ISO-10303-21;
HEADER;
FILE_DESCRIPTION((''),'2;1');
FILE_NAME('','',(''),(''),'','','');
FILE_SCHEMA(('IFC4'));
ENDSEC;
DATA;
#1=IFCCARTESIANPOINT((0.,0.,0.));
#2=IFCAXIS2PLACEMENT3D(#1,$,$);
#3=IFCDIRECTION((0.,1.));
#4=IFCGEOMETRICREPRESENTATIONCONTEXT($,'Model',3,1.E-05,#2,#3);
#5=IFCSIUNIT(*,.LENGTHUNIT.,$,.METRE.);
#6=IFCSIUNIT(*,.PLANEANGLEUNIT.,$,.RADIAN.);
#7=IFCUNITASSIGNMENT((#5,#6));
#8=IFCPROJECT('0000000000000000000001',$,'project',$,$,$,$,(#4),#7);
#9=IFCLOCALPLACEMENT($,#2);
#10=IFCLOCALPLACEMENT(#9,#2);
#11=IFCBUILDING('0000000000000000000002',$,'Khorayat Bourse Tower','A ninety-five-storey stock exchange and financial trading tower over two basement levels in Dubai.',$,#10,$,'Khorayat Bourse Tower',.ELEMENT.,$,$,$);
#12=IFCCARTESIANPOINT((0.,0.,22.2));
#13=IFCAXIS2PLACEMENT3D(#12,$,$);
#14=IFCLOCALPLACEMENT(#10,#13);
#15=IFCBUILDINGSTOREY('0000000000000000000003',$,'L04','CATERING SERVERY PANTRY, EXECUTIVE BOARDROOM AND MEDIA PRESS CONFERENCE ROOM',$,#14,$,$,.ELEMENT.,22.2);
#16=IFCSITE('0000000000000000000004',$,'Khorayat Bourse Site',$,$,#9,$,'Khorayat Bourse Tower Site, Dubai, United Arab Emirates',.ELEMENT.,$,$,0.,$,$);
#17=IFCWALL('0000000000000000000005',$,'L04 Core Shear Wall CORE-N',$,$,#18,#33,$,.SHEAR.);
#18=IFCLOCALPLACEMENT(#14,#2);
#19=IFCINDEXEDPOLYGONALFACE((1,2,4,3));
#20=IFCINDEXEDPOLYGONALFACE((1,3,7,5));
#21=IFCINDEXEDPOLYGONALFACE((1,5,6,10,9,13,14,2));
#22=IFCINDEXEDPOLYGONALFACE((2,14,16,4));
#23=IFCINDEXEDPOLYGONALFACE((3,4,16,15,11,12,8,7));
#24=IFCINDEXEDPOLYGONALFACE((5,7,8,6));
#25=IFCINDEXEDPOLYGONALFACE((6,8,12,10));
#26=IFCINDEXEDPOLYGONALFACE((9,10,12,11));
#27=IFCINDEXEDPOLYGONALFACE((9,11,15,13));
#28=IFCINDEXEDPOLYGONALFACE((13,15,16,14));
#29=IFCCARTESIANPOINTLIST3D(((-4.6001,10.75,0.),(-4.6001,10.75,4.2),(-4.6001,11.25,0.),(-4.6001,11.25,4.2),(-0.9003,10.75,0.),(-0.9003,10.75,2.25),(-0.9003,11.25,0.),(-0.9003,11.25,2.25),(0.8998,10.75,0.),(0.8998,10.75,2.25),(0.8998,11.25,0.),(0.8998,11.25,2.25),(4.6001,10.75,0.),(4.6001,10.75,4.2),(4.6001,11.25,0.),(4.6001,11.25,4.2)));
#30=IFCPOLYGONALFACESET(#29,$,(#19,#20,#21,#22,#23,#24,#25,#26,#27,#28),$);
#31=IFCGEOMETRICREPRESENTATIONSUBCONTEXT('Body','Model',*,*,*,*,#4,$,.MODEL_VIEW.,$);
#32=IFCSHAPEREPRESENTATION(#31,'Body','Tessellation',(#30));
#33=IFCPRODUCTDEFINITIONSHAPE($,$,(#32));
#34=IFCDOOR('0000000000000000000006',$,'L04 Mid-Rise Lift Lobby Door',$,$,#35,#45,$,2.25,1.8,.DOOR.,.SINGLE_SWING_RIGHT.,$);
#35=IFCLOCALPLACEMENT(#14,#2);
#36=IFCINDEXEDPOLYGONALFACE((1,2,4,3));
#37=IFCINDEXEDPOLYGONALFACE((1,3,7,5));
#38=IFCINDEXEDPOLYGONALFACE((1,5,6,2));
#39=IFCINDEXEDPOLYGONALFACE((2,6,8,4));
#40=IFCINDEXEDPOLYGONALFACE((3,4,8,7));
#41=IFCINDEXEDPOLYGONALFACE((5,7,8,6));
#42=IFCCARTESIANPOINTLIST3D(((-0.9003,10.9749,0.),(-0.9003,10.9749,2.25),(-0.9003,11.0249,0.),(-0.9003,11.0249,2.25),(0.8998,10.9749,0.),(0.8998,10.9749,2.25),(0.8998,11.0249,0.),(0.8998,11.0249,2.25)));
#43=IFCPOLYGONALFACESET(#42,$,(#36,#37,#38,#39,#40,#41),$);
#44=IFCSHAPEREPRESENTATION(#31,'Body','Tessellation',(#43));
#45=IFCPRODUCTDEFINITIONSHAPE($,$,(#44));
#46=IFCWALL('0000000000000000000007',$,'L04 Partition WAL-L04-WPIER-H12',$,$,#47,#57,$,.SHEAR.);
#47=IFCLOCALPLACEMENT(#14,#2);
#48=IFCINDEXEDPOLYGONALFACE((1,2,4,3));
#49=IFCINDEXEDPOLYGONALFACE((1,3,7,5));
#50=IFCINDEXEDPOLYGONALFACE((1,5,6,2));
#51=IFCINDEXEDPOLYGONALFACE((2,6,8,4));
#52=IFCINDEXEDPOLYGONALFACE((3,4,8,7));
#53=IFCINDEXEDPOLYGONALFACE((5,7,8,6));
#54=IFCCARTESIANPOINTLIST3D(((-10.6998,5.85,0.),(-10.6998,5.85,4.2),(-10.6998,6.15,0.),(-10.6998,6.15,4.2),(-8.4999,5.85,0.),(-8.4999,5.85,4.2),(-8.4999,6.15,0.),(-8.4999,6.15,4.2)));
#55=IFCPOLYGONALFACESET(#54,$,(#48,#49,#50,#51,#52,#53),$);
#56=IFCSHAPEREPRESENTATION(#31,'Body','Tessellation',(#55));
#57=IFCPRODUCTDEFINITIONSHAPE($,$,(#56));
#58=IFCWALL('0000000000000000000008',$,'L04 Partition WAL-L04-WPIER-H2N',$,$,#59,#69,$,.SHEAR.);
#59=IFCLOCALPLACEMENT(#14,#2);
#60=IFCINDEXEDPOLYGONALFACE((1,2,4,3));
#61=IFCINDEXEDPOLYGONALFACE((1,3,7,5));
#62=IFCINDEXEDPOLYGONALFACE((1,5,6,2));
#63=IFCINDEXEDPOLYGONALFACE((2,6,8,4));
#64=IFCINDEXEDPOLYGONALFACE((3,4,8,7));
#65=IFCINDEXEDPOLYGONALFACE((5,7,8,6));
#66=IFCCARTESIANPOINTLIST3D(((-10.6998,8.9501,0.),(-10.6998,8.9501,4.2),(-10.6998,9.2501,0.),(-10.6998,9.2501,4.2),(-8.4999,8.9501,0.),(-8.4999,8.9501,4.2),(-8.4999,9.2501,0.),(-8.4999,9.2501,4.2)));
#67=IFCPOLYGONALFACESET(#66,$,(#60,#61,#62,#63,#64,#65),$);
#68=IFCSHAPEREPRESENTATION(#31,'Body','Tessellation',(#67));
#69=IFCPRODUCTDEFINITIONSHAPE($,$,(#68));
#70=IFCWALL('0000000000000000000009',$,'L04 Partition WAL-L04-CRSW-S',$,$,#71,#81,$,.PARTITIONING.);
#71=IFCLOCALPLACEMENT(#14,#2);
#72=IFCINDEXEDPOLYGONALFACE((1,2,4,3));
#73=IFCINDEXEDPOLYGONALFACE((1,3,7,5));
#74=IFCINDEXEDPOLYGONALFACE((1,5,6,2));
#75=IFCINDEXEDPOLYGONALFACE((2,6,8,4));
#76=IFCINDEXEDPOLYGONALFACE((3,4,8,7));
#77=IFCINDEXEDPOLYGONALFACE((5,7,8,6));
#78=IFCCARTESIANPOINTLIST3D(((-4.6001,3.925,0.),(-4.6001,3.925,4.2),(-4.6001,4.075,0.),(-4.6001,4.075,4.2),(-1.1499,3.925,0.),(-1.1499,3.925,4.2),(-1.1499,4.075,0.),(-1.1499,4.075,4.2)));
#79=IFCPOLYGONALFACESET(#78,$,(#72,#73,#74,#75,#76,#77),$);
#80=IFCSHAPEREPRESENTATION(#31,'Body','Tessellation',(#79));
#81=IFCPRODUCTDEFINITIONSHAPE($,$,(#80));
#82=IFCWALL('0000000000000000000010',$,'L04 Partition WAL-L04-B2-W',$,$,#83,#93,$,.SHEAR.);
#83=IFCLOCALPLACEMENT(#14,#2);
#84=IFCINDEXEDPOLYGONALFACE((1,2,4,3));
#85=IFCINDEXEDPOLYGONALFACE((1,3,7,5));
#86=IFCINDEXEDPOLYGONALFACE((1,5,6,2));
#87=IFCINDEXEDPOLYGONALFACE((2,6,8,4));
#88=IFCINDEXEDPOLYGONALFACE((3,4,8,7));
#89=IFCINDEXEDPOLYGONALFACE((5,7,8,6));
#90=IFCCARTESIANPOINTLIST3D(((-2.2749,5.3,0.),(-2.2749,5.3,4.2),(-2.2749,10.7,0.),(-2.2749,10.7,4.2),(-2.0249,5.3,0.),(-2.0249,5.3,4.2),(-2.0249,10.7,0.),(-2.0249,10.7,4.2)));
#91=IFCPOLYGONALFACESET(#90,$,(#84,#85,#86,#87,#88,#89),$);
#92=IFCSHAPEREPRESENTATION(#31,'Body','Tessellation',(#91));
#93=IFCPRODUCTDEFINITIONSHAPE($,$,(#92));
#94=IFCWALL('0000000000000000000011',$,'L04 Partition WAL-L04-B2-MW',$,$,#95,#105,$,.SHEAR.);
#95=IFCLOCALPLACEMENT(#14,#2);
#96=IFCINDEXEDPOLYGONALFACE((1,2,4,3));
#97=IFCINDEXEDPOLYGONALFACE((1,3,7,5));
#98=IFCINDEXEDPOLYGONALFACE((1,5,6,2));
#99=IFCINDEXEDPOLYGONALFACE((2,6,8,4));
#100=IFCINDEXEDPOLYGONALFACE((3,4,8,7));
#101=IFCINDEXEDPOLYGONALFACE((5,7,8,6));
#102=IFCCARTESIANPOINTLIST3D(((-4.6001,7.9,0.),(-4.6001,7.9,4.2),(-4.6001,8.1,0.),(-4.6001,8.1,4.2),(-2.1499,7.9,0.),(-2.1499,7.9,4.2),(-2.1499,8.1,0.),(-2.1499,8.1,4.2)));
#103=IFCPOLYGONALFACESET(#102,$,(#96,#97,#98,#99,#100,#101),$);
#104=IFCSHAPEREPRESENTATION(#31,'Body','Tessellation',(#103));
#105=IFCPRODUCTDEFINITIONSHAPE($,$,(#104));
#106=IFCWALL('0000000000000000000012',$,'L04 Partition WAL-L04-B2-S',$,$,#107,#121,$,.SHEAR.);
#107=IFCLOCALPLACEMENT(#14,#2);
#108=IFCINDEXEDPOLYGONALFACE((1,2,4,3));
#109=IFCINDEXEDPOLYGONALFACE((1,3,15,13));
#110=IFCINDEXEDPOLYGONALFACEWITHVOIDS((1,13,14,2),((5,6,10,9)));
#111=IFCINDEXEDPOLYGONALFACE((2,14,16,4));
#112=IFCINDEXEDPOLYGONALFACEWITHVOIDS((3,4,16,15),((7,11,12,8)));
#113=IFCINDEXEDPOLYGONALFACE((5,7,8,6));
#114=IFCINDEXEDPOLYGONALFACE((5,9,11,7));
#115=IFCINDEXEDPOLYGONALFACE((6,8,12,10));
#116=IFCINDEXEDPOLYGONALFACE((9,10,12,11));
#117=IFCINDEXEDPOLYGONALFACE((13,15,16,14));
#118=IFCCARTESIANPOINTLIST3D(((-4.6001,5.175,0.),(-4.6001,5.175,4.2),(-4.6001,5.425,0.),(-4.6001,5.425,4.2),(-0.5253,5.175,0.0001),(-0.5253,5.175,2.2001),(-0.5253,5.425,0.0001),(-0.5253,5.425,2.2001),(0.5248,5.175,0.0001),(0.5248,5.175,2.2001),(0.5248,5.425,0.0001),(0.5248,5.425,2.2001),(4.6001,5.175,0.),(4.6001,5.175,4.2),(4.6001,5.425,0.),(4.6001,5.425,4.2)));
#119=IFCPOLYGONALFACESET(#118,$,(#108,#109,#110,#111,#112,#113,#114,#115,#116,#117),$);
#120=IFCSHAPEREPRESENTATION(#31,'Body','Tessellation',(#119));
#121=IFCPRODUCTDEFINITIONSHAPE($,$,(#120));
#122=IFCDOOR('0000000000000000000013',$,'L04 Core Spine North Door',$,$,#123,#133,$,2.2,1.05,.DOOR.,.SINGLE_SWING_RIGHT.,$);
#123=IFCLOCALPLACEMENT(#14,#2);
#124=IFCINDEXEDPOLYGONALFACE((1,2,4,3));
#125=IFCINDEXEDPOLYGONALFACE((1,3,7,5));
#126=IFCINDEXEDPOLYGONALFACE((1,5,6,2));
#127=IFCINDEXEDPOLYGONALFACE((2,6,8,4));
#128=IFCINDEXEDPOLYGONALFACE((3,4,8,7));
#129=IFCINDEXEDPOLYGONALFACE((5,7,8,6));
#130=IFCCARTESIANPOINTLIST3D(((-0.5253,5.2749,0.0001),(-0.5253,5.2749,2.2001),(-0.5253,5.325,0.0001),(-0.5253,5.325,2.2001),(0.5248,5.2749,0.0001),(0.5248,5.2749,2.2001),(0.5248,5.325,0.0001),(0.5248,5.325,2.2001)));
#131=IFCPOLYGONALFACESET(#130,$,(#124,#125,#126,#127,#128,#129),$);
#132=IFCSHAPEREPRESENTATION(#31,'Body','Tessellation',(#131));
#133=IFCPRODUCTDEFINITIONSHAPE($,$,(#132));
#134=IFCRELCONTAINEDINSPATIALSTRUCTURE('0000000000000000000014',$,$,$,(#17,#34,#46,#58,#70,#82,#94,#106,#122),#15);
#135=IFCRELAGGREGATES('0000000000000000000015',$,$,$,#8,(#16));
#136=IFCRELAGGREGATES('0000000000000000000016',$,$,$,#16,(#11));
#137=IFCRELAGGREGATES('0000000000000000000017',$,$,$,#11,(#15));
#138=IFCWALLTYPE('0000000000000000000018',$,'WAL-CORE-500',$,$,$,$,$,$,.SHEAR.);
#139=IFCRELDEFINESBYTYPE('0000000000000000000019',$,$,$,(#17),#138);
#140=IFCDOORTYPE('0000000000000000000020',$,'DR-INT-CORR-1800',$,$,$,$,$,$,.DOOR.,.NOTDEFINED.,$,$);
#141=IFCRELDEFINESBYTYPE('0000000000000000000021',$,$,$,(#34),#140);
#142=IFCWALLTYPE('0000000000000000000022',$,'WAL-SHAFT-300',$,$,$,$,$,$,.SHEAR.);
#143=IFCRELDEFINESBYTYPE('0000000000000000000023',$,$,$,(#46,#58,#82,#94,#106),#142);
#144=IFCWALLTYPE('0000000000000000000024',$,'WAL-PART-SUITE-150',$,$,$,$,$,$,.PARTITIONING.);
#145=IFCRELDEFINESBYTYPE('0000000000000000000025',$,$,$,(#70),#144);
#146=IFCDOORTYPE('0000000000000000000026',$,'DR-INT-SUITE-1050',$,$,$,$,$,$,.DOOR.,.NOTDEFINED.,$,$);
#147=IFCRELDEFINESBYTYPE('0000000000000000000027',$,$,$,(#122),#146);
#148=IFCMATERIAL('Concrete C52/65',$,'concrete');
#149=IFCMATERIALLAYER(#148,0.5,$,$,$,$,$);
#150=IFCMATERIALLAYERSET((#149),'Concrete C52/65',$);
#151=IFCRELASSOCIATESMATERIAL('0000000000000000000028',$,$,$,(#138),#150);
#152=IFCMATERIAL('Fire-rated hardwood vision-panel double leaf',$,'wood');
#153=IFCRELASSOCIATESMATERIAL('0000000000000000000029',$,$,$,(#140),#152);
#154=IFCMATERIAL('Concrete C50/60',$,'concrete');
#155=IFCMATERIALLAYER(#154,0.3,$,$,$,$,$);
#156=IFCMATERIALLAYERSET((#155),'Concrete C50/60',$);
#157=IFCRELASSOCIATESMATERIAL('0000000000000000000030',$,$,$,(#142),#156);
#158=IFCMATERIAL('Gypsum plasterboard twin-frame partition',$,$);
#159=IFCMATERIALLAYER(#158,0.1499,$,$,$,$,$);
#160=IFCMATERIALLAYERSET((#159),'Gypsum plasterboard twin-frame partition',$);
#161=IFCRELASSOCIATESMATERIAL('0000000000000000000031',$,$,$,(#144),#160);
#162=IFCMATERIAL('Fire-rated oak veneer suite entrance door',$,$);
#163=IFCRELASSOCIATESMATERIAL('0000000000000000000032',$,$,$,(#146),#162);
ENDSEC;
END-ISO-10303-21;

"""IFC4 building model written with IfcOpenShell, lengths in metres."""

from ifc_helpers import new_model, si_unit, direction, frame, frame_2d, origin, place, context, subcontext, project, spatial, rectangle, extrude, source, transform, mapped, material, layer, layer_set, type_object, element, fill, save


model = new_model("IFC4")

# Units and contexts
model_context = context("Model", 3, precision=1e-05, world=origin(), true_north=direction((0.0, 1.0)))
body_context = subcontext(model_context, "Body", "Model", "MODEL_VIEW")
ifc_project = project(units=[si_unit("LENGTHUNIT", "METRE"), si_unit("PLANEANGLEUNIT", "RADIAN")], contexts=[model_context])

# Site, building, storey
site_placement = place(None, origin())
site = spatial("IfcSite", under=ifc_project, at=site_placement, Name="Khorayat Bourse Site", LongName="Khorayat Bourse Tower Site, Dubai, United Arab Emirates", CompositionType="ELEMENT", RefElevation=0.0)
building_placement = place(site_placement, origin())
building = spatial("IfcBuilding", under=site, at=building_placement, Name="Khorayat Bourse Tower", Description="A ninety-five-storey stock exchange and financial trading tower over two basement levels in Dubai.", LongName="Khorayat Bourse Tower", CompositionType="ELEMENT")
storey_placement = place(building_placement, frame((0.0, 0.0, 22.2)))
storey = spatial("IfcBuildingStorey", under=building, at=storey_placement, Name="L04", Description="CATERING SERVERY PANTRY, EXECUTIVE BOARDROOM AND MEDIA PRESS CONFERENCE ROOM", CompositionType="ELEMENT", Elevation=22.2)

# Wall, opening, door
ifc_material_1 = material(Name="Concrete C52/65", Category="concrete")
ifc_layer_1 = layer(ifc_material_1, 0.5)
ifc_layer_set_1 = layer_set([ifc_layer_1], Name="Concrete C52/65")
wall_type_1 = type_object("IfcWallType", Name="WAL-CORE-500", PredefinedType="SHEAR", material=ifc_layer_set_1)
shared_shape_1 = source(origin(), body_context, "Body", "SweptSolid", [
    extrude(rectangle(XDim=9.2002, YDim=0.5, at=frame_2d((4.6001, 0.0))), origin(), (0.0, 0.0, 1.0), 4.2),
])
wall_1_placement = place(storey_placement, frame((-4.6001, 11.0, 0.0), z_axis=(0.0, 0.0, 1.0), x_axis=(1.0, 0.0, 0.0)))
wall_1 = element("IfcWall", 1, at=wall_1_placement, inside=storey, type_object=wall_type_1, Name="L04 Core Shear Wall CORE-N", PredefinedType="SHEAR", context=body_context, shape_type="MappedRepresentation", body=[
    mapped(shared_shape_1, transform((0.0, 0.0, 0.0), scale=1.0)),
])
shared_shape_2 = source(origin(), body_context, "Body", "SweptSolid", [
    extrude(rectangle(XDim=1.8, YDim=2.25, at=frame_2d((0.8999, 1.125))), frame((0.0, 0.26, 0.0), z_axis=(0.0, -1.0, 0.0), x_axis=(1.0, 0.0, 0.0)), (0.0, 0.0, 1.0), 0.52),
])
opening_1_placement = place(wall_1_placement, frame((3.7, 0.0, 0.0)))
opening_1 = element("IfcOpeningElement", 2, at=opening_1_placement, cuts=wall_1, PredefinedType="OPENING", context=body_context, shape_type="MappedRepresentation", body=[
    mapped(shared_shape_2, transform((0.0, 0.0, 0.0), scale=1.0)),
])
ifc_material_2 = material(Name="Fire-rated hardwood vision-panel double leaf", Category="wood")
door_type_1 = type_object("IfcDoorType", Name="DR-INT-CORR-1800", OperationType="NOTDEFINED", PredefinedType="DOOR", material=ifc_material_2)
shared_shape_3 = source(origin(), body_context, "Body", "SweptSolid", [
    extrude(rectangle(XDim=1.8, YDim=2.25, at=frame_2d((0.8999, 1.125))), frame((0.0, 0.0249, 0.0), z_axis=(0.0, -1.0, 0.0), x_axis=(1.0, 0.0, 0.0)), (0.0, 0.0, 1.0), 0.05),
])
door_1_placement = place(opening_1_placement, origin())
door_1 = element("IfcDoor", 3, at=door_1_placement, inside=storey, type_object=door_type_1, Name="L04 Mid-Rise Lift Lobby Door", OperationType="SINGLE_SWING_RIGHT", OverallHeight=2.25, OverallWidth=1.8, PredefinedType="DOOR", context=body_context, shape_type="MappedRepresentation", body=[
    mapped(shared_shape_3, transform((0.0, 0.0, 0.0), scale=1.0)),
])
fill(opening_1, door_1)

# Walls
ifc_material_3 = material(Name="Concrete C50/60", Category="concrete")
ifc_layer_2 = layer(ifc_material_3, 0.3)
ifc_layer_set_2 = layer_set([ifc_layer_2], Name="Concrete C50/60")
wall_type_2 = type_object("IfcWallType", Name="WAL-SHAFT-300", PredefinedType="SHEAR", material=ifc_layer_set_2)
shared_shape_4 = source(origin(), body_context, "Body", "SweptSolid", [
    extrude(rectangle(XDim=2.2, YDim=0.3, at=frame_2d((1.1001, 0.0))), origin(), (0.0, 0.0, 1.0), 4.2),
])
for number, where, z_axis, x_axis, name in (
    (4, (-10.7, 6.0, 0.0), (0.0, 0.0, 1.0), (1.0, 0.0, 0.0), "L04 Partition WAL-L04-WPIER-H12"),
    (5, (-10.7, 9.1001, 0.0), (0.0, 0.0, 1.0), (1.0, 0.0, 0.0), "L04 Partition WAL-L04-WPIER-H2N"),
):
    element("IfcWall", number, at=place(storey_placement, frame(where, z_axis=z_axis, x_axis=x_axis)), inside=storey, type_object=wall_type_2, Name=name, PredefinedType="SHEAR", context=body_context, shape_type="MappedRepresentation", body=[
        mapped(shared_shape_4, transform((0.0, 0.0, 0.0), scale=1.0)),
    ])
ifc_material_4 = material(Name="Gypsum plasterboard twin-frame partition")
ifc_layer_3 = layer(ifc_material_4, 0.1499)
ifc_layer_set_3 = layer_set([ifc_layer_3], Name="Gypsum plasterboard twin-frame partition")
wall_type_3 = type_object("IfcWallType", Name="WAL-PART-SUITE-150", PredefinedType="PARTITIONING", material=ifc_layer_set_3)
shared_shape_5 = source(origin(), body_context, "Body", "SweptSolid", [
    extrude(rectangle(XDim=3.4502, YDim=0.1499, at=frame_2d((1.7251, 0.0))), origin(), (0.0, 0.0, 1.0), 4.2),
])
wall_2_placement = place(storey_placement, frame((-4.6001, 4.0, 0.0), z_axis=(0.0, 0.0, 1.0), x_axis=(1.0, 0.0, 0.0)))
element("IfcWall", 6, at=wall_2_placement, inside=storey, type_object=wall_type_3, Name="L04 Partition WAL-L04-CRSW-S", PredefinedType="PARTITIONING", context=body_context, shape_type="MappedRepresentation", body=[
    mapped(shared_shape_5, transform((0.0, 0.0, 0.0), scale=1.0)),
])
shared_shape_6 = source(origin(), body_context, "Body", "SweptSolid", [
    extrude(rectangle(XDim=5.3999, YDim=0.25, at=frame_2d((2.7, 0.0))), origin(), (0.0, 0.0, 1.0), 4.2),
])
wall_3_placement = place(storey_placement, frame((-2.1499, 5.3, 0.0), z_axis=(0.0, 0.0, 1.0), x_axis=(0.0, 1.0, 0.0)))
element("IfcWall", 7, at=wall_3_placement, inside=storey, type_object=wall_type_2, Name="L04 Partition WAL-L04-B2-W", PredefinedType="SHEAR", context=body_context, shape_type="MappedRepresentation", body=[
    mapped(shared_shape_6, transform((0.0, 0.0, 0.0), scale=1.0)),
])
shared_shape_7 = source(origin(), body_context, "Body", "SweptSolid", [
    extrude(rectangle(XDim=2.4502, YDim=0.2, at=frame_2d((1.2251, 0.0))), origin(), (0.0, 0.0, 1.0), 4.2),
])
wall_4_placement = place(storey_placement, frame((-4.6001, 8.0, 0.0), z_axis=(0.0, 0.0, 1.0), x_axis=(1.0, 0.0, 0.0)))
element("IfcWall", 8, at=wall_4_placement, inside=storey, type_object=wall_type_2, Name="L04 Partition WAL-L04-B2-MW", PredefinedType="SHEAR", context=body_context, shape_type="MappedRepresentation", body=[
    mapped(shared_shape_7, transform((0.0, 0.0, 0.0), scale=1.0)),
])

# Wall, opening, door
shared_shape_8 = source(origin(), body_context, "Body", "SweptSolid", [
    extrude(rectangle(XDim=9.2002, YDim=0.25, at=frame_2d((4.6001, 0.0))), origin(), (0.0, 0.0, 1.0), 4.2),
])
wall_5_placement = place(storey_placement, frame((-4.6001, 5.3, 0.0), z_axis=(0.0, 0.0, 1.0), x_axis=(1.0, 0.0, 0.0)))
wall_5 = element("IfcWall", 9, at=wall_5_placement, inside=storey, type_object=wall_type_2, Name="L04 Partition WAL-L04-B2-S", PredefinedType="SHEAR", context=body_context, shape_type="MappedRepresentation", body=[
    mapped(shared_shape_8, transform((0.0, 0.0, 0.0), scale=1.0)),
])
shared_shape_9 = source(origin(), body_context, "Body", "SweptSolid", [
    extrude(rectangle(XDim=1.05, YDim=2.2, at=frame_2d((0.5249, 1.1001))), frame((0.0, 0.135, 0.0), z_axis=(0.0, -1.0, 0.0), x_axis=(1.0, 0.0, 0.0)), (0.0, 0.0, 1.0), 0.27),
])
opening_2_placement = place(wall_5_placement, frame((4.075, 0.0, 0.0)))
opening_2 = element("IfcOpeningElement", 10, at=opening_2_placement, cuts=wall_5, PredefinedType="OPENING", context=body_context, shape_type="MappedRepresentation", body=[
    mapped(shared_shape_9, transform((0.0, 0.0, 0.0), scale=1.0)),
])
ifc_material_5 = material(Name="Fire-rated oak veneer suite entrance door")
door_type_2 = type_object("IfcDoorType", Name="DR-INT-SUITE-1050", OperationType="NOTDEFINED", PredefinedType="DOOR", material=ifc_material_5)
shared_shape_10 = source(origin(), body_context, "Body", "SweptSolid", [
    extrude(rectangle(XDim=1.05, YDim=2.2, at=frame_2d((0.5249, 1.1001))), frame((0.0, 0.0249, 0.0), z_axis=(0.0, -1.0, 0.0), x_axis=(1.0, 0.0, 0.0)), (0.0, 0.0, 1.0), 0.05),
])
door_2_placement = place(opening_2_placement, origin())
door_2 = element("IfcDoor", 11, at=door_2_placement, inside=storey, type_object=door_type_2, Name="L04 Core Spine North Door", OperationType="SINGLE_SWING_RIGHT", OverallHeight=2.2, OverallWidth=1.05, PredefinedType="DOOR", context=body_context, shape_type="MappedRepresentation", body=[
    mapped(shared_shape_10, transform((0.0, 0.0, 0.0), scale=1.0)),
])
fill(opening_2, door_2)

save(model, "model.ifc")
